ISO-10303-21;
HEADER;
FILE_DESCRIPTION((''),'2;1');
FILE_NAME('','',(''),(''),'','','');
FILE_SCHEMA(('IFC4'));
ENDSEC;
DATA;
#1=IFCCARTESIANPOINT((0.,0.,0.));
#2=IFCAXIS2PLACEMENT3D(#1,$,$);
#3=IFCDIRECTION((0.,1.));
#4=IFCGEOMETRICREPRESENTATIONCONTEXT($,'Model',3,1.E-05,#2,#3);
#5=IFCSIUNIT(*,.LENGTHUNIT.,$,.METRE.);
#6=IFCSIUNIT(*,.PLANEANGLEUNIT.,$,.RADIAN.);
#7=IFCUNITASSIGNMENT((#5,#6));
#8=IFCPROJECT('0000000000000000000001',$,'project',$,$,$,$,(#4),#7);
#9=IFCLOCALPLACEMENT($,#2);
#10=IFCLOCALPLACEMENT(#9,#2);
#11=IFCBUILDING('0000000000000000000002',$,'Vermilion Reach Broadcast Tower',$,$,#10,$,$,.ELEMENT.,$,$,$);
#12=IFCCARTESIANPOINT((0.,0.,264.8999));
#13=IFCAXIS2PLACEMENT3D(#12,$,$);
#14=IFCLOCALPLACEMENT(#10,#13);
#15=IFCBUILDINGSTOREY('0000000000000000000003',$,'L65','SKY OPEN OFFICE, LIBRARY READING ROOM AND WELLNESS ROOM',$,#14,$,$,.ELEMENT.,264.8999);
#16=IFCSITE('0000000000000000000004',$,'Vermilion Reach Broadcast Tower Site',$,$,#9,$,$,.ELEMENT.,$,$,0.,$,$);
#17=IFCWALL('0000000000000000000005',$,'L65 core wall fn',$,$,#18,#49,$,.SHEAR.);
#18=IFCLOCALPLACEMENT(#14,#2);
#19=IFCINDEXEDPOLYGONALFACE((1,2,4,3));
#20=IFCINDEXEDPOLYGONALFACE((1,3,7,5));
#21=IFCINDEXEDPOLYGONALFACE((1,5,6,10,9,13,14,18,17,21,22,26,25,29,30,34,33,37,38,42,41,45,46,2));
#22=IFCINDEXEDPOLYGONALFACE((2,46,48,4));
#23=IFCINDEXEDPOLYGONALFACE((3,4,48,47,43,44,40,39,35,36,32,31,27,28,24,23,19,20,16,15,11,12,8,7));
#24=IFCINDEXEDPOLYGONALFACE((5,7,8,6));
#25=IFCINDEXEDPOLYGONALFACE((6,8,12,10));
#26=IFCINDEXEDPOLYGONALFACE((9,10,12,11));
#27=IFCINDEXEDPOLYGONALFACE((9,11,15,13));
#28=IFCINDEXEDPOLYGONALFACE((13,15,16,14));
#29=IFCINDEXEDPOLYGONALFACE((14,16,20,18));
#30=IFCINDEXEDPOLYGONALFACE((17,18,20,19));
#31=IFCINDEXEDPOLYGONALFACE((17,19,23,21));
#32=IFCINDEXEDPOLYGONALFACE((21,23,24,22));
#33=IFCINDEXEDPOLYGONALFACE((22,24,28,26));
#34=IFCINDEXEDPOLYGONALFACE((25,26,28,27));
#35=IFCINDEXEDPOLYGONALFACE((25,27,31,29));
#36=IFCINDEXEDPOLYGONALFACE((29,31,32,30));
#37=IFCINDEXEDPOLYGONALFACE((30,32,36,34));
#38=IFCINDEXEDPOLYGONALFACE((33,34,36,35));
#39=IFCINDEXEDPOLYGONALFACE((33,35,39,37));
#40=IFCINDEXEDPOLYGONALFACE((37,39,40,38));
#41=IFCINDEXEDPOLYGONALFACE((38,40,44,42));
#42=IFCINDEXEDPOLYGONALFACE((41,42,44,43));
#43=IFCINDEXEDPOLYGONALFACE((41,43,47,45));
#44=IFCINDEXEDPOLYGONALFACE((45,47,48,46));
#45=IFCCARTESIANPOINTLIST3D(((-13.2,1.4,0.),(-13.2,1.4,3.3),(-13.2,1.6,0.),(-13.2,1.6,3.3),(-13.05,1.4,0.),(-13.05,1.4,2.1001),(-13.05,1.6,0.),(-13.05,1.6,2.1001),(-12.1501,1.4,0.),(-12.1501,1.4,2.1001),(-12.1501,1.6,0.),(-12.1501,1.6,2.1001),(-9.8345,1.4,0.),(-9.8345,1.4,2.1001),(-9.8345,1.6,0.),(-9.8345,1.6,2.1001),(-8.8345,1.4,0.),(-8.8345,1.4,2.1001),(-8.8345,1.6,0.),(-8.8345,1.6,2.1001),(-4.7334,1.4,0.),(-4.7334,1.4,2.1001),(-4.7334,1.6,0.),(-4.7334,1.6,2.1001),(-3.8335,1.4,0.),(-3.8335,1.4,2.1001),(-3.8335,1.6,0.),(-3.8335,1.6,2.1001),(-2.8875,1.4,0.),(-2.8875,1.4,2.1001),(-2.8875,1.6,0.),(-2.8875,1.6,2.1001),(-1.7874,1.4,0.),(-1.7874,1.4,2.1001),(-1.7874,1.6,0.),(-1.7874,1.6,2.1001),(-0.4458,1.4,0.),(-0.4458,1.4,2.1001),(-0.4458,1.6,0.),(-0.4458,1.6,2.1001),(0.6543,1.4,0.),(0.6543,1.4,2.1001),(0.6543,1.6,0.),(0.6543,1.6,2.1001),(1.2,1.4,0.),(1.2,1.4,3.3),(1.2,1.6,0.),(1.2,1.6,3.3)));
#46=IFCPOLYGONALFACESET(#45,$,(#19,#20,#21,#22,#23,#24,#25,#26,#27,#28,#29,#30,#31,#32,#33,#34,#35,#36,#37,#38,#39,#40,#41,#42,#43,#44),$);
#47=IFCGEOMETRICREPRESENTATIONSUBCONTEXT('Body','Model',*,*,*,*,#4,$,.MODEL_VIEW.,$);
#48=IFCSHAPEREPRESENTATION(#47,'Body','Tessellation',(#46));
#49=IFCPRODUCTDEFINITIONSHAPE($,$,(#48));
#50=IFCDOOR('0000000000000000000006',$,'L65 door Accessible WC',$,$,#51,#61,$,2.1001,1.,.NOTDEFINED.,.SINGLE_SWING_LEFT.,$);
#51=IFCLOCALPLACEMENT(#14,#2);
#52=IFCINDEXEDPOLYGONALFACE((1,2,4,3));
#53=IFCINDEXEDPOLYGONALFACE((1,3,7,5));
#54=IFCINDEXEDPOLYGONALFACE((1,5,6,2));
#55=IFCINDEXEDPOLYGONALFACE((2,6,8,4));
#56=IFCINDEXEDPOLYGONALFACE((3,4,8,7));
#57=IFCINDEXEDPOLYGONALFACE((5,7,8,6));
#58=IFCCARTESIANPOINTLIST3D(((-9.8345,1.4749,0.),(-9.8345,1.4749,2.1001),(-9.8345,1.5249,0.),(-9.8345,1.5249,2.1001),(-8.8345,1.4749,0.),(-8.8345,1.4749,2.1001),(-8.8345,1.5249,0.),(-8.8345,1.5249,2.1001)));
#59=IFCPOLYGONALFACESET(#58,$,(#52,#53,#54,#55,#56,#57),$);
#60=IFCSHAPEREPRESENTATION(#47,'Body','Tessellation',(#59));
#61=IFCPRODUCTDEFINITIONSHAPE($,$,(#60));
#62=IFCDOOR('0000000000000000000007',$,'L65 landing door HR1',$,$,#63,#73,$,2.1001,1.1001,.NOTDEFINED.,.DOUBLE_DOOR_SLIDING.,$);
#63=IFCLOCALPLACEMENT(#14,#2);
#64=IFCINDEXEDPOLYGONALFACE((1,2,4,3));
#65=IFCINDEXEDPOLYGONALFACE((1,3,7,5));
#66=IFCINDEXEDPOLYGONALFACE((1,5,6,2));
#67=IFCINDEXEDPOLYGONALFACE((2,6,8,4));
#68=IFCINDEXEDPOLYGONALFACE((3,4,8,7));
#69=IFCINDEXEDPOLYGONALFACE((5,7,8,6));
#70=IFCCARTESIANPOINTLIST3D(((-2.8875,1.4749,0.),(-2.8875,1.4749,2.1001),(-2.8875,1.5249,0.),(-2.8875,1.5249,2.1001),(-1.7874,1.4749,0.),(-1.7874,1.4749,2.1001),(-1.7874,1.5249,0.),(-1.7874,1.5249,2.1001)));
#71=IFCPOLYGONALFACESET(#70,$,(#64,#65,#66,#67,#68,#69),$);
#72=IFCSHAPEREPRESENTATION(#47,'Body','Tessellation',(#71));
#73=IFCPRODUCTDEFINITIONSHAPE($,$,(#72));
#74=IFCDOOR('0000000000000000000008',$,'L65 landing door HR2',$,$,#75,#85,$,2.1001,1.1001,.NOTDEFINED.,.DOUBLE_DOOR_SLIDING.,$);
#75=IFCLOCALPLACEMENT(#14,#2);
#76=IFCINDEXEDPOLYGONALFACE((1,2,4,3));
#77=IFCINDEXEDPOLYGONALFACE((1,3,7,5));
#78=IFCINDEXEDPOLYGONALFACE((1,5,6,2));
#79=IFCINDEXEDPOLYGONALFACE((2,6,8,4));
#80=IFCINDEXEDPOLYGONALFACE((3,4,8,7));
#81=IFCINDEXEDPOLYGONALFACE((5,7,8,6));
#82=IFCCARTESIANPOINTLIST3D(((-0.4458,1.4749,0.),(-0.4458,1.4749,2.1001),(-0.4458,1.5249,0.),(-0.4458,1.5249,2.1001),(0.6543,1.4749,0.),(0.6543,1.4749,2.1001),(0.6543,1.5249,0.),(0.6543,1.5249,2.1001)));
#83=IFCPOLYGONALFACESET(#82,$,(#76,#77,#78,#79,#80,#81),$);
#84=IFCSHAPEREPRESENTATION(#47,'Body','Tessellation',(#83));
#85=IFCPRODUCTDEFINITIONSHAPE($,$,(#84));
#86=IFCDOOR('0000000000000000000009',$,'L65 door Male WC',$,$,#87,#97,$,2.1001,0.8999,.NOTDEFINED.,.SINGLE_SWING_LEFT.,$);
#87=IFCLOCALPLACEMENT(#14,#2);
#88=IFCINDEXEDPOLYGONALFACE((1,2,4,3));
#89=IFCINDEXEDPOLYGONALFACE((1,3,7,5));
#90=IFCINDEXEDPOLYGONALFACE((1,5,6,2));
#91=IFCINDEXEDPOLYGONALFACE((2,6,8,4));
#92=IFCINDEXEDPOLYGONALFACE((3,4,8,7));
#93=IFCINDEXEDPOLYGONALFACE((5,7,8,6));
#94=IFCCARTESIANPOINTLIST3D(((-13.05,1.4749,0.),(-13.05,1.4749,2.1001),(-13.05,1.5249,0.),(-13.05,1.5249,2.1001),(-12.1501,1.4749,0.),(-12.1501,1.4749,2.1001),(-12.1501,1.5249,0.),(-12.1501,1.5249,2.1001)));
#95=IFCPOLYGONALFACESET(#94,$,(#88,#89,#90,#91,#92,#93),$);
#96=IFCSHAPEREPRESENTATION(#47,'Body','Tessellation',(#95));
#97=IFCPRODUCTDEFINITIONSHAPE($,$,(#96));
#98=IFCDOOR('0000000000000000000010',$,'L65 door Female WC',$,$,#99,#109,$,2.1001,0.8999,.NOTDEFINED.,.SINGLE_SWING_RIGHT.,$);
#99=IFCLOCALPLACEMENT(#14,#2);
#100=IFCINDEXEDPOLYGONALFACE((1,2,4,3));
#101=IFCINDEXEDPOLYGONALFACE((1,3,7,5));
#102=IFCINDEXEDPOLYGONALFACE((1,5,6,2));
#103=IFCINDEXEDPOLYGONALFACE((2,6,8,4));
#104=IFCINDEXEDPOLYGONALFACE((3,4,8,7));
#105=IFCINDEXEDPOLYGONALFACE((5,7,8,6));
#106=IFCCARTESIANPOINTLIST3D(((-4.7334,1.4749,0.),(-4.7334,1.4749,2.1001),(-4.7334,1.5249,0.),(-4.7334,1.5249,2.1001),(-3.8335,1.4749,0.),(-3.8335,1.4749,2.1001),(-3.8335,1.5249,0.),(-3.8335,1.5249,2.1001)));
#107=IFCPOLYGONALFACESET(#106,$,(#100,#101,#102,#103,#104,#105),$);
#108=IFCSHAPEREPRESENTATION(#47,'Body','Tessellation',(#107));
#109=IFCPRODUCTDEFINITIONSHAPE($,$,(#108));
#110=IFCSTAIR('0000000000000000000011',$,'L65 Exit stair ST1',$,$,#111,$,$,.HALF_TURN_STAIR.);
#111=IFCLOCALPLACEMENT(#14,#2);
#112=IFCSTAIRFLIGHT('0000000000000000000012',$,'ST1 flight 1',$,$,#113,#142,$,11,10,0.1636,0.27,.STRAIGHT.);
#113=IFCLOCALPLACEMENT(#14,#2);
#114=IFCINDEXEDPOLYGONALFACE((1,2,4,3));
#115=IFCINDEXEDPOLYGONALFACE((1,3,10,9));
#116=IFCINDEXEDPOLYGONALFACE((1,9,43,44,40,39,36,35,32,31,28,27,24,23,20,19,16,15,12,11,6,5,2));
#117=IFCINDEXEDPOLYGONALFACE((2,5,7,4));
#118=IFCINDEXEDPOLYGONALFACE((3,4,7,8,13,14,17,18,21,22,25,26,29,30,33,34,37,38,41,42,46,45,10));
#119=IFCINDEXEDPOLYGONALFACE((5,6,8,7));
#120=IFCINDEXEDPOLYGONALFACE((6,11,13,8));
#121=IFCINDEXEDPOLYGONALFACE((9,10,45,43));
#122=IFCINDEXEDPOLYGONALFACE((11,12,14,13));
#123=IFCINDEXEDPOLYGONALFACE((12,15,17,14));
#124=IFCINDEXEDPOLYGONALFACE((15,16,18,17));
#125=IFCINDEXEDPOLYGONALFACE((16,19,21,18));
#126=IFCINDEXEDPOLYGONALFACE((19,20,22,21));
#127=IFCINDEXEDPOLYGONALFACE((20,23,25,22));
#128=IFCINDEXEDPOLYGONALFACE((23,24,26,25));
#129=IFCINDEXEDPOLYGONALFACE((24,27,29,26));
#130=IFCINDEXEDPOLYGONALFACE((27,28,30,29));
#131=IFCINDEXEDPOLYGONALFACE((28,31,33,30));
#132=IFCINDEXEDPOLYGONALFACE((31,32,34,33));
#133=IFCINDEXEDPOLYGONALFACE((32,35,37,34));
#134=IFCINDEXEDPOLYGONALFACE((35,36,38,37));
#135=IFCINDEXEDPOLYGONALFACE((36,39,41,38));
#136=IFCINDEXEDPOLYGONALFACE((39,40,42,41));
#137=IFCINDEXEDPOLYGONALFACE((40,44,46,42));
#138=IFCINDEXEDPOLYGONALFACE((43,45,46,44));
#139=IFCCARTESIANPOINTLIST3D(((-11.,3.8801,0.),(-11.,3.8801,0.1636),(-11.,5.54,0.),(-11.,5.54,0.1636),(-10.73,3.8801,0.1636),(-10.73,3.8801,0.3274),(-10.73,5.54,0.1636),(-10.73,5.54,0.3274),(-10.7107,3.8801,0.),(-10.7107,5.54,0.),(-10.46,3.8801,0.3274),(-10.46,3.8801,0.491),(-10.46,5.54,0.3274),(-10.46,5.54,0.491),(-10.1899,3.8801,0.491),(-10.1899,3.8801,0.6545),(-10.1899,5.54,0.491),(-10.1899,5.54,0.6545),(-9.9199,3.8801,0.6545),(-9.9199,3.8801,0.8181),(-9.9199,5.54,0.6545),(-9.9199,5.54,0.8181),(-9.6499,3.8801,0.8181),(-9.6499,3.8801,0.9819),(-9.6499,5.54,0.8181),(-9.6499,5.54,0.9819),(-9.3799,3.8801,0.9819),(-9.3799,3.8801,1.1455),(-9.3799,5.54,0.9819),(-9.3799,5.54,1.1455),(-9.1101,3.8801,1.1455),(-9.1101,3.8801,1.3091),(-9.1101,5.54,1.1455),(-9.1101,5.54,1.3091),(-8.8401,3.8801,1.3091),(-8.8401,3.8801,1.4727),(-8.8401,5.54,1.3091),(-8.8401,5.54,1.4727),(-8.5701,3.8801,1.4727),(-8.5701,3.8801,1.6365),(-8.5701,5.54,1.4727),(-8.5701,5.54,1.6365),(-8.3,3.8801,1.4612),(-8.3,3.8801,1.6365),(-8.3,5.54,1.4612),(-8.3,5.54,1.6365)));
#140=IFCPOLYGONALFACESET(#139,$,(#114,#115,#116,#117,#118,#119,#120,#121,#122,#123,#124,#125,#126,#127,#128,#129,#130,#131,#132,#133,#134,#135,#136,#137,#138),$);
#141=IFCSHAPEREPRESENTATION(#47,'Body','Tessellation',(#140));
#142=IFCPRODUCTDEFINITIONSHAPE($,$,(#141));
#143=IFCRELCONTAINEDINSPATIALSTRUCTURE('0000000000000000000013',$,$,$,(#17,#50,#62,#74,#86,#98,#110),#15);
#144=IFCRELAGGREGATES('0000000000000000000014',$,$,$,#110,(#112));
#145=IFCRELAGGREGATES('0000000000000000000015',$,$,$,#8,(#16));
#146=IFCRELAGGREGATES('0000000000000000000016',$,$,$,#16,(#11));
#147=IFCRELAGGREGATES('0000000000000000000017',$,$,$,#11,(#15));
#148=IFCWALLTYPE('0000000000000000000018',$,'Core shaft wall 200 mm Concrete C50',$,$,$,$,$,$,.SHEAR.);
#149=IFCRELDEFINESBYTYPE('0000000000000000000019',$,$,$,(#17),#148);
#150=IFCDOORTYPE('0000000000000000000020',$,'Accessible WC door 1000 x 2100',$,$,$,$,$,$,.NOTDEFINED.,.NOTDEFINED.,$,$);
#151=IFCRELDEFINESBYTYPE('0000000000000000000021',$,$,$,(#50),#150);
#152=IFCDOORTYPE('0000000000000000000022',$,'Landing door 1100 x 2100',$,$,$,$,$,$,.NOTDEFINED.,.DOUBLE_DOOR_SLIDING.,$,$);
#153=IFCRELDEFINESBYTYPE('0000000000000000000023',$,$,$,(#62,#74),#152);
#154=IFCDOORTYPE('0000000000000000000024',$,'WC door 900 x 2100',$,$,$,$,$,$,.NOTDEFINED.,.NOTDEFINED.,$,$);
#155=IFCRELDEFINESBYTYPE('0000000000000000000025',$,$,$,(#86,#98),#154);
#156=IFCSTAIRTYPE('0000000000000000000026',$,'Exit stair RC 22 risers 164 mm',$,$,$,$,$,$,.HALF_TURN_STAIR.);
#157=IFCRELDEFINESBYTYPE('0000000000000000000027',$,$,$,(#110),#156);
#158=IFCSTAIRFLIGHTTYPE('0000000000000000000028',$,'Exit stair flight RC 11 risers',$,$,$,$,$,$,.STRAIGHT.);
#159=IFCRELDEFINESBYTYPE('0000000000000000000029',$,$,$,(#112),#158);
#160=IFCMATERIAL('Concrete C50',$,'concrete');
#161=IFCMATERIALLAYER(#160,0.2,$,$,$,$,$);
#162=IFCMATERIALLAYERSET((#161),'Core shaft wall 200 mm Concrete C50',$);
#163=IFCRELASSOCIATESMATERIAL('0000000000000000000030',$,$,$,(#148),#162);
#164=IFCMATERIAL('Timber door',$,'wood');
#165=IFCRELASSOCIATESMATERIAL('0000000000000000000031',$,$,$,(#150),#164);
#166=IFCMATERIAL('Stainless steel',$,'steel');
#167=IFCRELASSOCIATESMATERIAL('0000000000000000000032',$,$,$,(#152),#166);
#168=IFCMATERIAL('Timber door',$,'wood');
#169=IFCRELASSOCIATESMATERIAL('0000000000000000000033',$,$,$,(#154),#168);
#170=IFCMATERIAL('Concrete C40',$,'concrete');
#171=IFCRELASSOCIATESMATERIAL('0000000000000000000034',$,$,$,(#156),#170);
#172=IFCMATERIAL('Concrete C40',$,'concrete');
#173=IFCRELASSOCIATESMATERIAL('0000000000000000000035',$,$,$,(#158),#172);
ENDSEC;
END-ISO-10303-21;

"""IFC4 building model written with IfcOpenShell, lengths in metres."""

from ifc_helpers import new_model, si_unit, direction, frame, frame_2d, origin, place, context, subcontext, project, spatial, polyline, rectangle, outline, extrude, material, layer, layer_set, type_object, element, fill, aggregate, save


model = new_model("IFC4")

# Units and contexts
model_context = context("Model", 3, precision=1e-05, world=origin(), true_north=direction((0.0, 1.0)))
body_context = subcontext(model_context, "Body", "Model", "MODEL_VIEW")
ifc_project = project(units=[si_unit("LENGTHUNIT", "METRE"), si_unit("PLANEANGLEUNIT", "RADIAN")], contexts=[model_context])

# Site, building, storey
site_placement = place(None, origin())
site = spatial("IfcSite", under=ifc_project, at=site_placement, Name="Vermilion Reach Broadcast Tower Site", CompositionType="ELEMENT", RefElevation=0.0)
building_placement = place(site_placement, origin())
building = spatial("IfcBuilding", under=site, at=building_placement, Name="Vermilion Reach Broadcast Tower", CompositionType="ELEMENT")
storey_placement = place(building_placement, frame((0.0, 0.0, 264.8999)))
storey = spatial("IfcBuildingStorey", under=building, at=storey_placement, Name="L65", Description="SKY OPEN OFFICE, LIBRARY READING ROOM AND WELLNESS ROOM", CompositionType="ELEMENT", Elevation=264.8999)

# Wall, openings, doors
ifc_material_1 = material(Name="Concrete C50", Category="concrete")
ifc_layer_1 = layer(ifc_material_1, 0.2)
ifc_layer_set_1 = layer_set([ifc_layer_1], Name="Core shaft wall 200 mm Concrete C50")
wall_type_1 = type_object("IfcWallType", Name="Core shaft wall 200 mm Concrete C50", PredefinedType="SHEAR", material=ifc_layer_set_1)
wall_1_placement = place(storey_placement, frame((-13.2, 1.5, 0.0), z_axis=(0.0, 0.0, 1.0), x_axis=(1.0, 0.0, 0.0)))
wall_1 = element("IfcWall", 1, at=wall_1_placement, inside=storey, type_object=wall_type_1, Name="L65 core wall fn", PredefinedType="SHEAR", context=body_context, shape_type="SweptSolid", body=[
    extrude(rectangle(XDim=14.3999, YDim=0.2, at=frame_2d((7.2, 0.0))), origin(), (0.0, 0.0, 1.0), 3.3),
])
opening_1_placement = place(wall_1_placement, frame((10.3125, 0.0, 0.0)))
opening_1 = element("IfcOpeningElement", 2, at=opening_1_placement, cuts=wall_1, PredefinedType="OPENING", context=body_context, shape_type="SweptSolid", body=[
    extrude(rectangle(XDim=1.1001, YDim=2.1001, at=frame_2d((0.55, 1.05))), frame((0.0, 0.1099, 0.0), z_axis=(0.0, -1.0, 0.0), x_axis=(1.0, 0.0, 0.0)), (0.0, 0.0, 1.0), 0.22),
])
opening_2_placement = place(wall_1_placement, frame((12.7542, 0.0, 0.0)))
opening_2 = element("IfcOpeningElement", 3, at=opening_2_placement, cuts=wall_1, PredefinedType="OPENING", context=body_context, shape_type="SweptSolid", body=[
    extrude(rectangle(XDim=1.1001, YDim=2.1001, at=frame_2d((0.55, 1.05))), frame((0.0, 0.1099, 0.0), z_axis=(0.0, -1.0, 0.0), x_axis=(1.0, 0.0, 0.0)), (0.0, 0.0, 1.0), 0.22),
])
opening_3_placement = place(wall_1_placement, frame((0.1499, 0.0, 0.0)))
opening_3 = element("IfcOpeningElement", 4, at=opening_3_placement, cuts=wall_1, PredefinedType="OPENING", context=body_context, shape_type="SweptSolid", body=[
    extrude(rectangle(XDim=0.8999, YDim=2.1001, at=frame_2d((0.45, 1.05))), frame((0.0, 0.1099, 0.0), z_axis=(0.0, -1.0, 0.0), x_axis=(1.0, 0.0, 0.0)), (0.0, 0.0, 1.0), 0.22),
])
opening_4_placement = place(wall_1_placement, frame((3.3655, 0.0, 0.0)))
opening_4 = element("IfcOpeningElement", 5, at=opening_4_placement, cuts=wall_1, PredefinedType="OPENING", context=body_context, shape_type="SweptSolid", body=[
    extrude(rectangle(XDim=1.0, YDim=2.1001, at=frame_2d((0.5, 1.05))), frame((0.0, 0.1099, 0.0), z_axis=(0.0, -1.0, 0.0), x_axis=(1.0, 0.0, 0.0)), (0.0, 0.0, 1.0), 0.22),
])
opening_5_placement = place(wall_1_placement, frame((8.4666, 0.0, 0.0)))
opening_5 = element("IfcOpeningElement", 6, at=opening_5_placement, cuts=wall_1, PredefinedType="OPENING", context=body_context, shape_type="SweptSolid", body=[
    extrude(rectangle(XDim=0.8999, YDim=2.1001, at=frame_2d((0.45, 1.05))), frame((0.0, 0.1099, 0.0), z_axis=(0.0, -1.0, 0.0), x_axis=(1.0, 0.0, 0.0)), (0.0, 0.0, 1.0), 0.22),
])
ifc_material_2 = material(Name="Timber door", Category="wood")
door_type_1 = type_object("IfcDoorType", Name="Accessible WC door 1000 x 2100", OperationType="NOTDEFINED", PredefinedType="NOTDEFINED", material=ifc_material_2)
door_1_placement = place(opening_4_placement, origin())
door_1 = element("IfcDoor", 7, at=door_1_placement, inside=storey, type_object=door_type_1, Name="L65 door Accessible WC", OperationType="SINGLE_SWING_LEFT", OverallHeight=2.1001, OverallWidth=1.0, PredefinedType="NOTDEFINED", context=body_context, shape_type="SweptSolid", body=[
    extrude(rectangle(XDim=1.0, YDim=2.1001, at=frame_2d((0.5, 1.05))), frame((0.0, 0.0249, 0.0), z_axis=(0.0, -1.0, 0.0), x_axis=(1.0, 0.0, 0.0)), (0.0, 0.0, 1.0), 0.05),
])
fill(opening_4, door_1)
ifc_material_3 = material(Name="Stainless steel", Category="steel")
door_type_2 = type_object("IfcDoorType", Name="Landing door 1100 x 2100", OperationType="DOUBLE_DOOR_SLIDING", PredefinedType="NOTDEFINED", material=ifc_material_3)
door_2_placement = place(opening_1_placement, origin())
door_2 = element("IfcDoor", 8, at=door_2_placement, inside=storey, type_object=door_type_2, Name="L65 landing door HR1", OperationType="DOUBLE_DOOR_SLIDING", OverallHeight=2.1001, OverallWidth=1.1001, PredefinedType="NOTDEFINED", context=body_context, shape_type="SweptSolid", body=[
    extrude(rectangle(XDim=1.1001, YDim=2.1001, at=frame_2d((0.55, 1.05))), frame((0.0, 0.0249, 0.0), z_axis=(0.0, -1.0, 0.0), x_axis=(1.0, 0.0, 0.0)), (0.0, 0.0, 1.0), 0.05),
])
fill(opening_1, door_2)
door_3_placement = place(opening_2_placement, origin())
door_3 = element("IfcDoor", 9, at=door_3_placement, inside=storey, type_object=door_type_2, Name="L65 landing door HR2", OperationType="DOUBLE_DOOR_SLIDING", OverallHeight=2.1001, OverallWidth=1.1001, PredefinedType="NOTDEFINED", context=body_context, shape_type="SweptSolid", body=[
    extrude(rectangle(XDim=1.1001, YDim=2.1001, at=frame_2d((0.55, 1.05))), frame((0.0, 0.0249, 0.0), z_axis=(0.0, -1.0, 0.0), x_axis=(1.0, 0.0, 0.0)), (0.0, 0.0, 1.0), 0.05),
])
fill(opening_2, door_3)
ifc_material_4 = material(Name="Timber door", Category="wood")
door_type_3 = type_object("IfcDoorType", Name="WC door 900 x 2100", OperationType="NOTDEFINED", PredefinedType="NOTDEFINED", material=ifc_material_4)
door_4_placement = place(opening_3_placement, origin())
door_4 = element("IfcDoor", 10, at=door_4_placement, inside=storey, type_object=door_type_3, Name="L65 door Male WC", OperationType="SINGLE_SWING_LEFT", OverallHeight=2.1001, OverallWidth=0.8999, PredefinedType="NOTDEFINED", context=body_context, shape_type="SweptSolid", body=[
    extrude(rectangle(XDim=0.8999, YDim=2.1001, at=frame_2d((0.45, 1.05))), frame((0.0, 0.0249, 0.0), z_axis=(0.0, -1.0, 0.0), x_axis=(1.0, 0.0, 0.0)), (0.0, 0.0, 1.0), 0.05),
])
fill(opening_3, door_4)
door_5_placement = place(opening_5_placement, origin())
door_5 = element("IfcDoor", 11, at=door_5_placement, inside=storey, type_object=door_type_3, Name="L65 door Female WC", OperationType="SINGLE_SWING_RIGHT", OverallHeight=2.1001, OverallWidth=0.8999, PredefinedType="NOTDEFINED", context=body_context, shape_type="SweptSolid", body=[
    extrude(rectangle(XDim=0.8999, YDim=2.1001, at=frame_2d((0.45, 1.05))), frame((0.0, 0.0249, 0.0), z_axis=(0.0, -1.0, 0.0), x_axis=(1.0, 0.0, 0.0)), (0.0, 0.0, 1.0), 0.05),
])
fill(opening_5, door_5)

# Stair, stair flight
ifc_material_5 = material(Name="Concrete C40", Category="concrete")
stair_type = type_object("IfcStairType", Name="Exit stair RC 22 risers 164 mm", PredefinedType="HALF_TURN_STAIR", material=ifc_material_5)
stair_placement = place(storey_placement, origin())
stair = element("IfcStair", 12, at=stair_placement, inside=storey, type_object=stair_type, Name="L65 Exit stair ST1", PredefinedType="HALF_TURN_STAIR")
ifc_material_6 = material(Name="Concrete C40", Category="concrete")
stair_flight_type = type_object("IfcStairFlightType", Name="Exit stair flight RC 11 risers", PredefinedType="STRAIGHT", material=ifc_material_6)
stair_flight_1_placement = place(storey_placement, frame((-11.0, 4.71, 0.0), z_axis=(0.0, 0.0, 1.0), x_axis=(1.0, 0.0, 0.0)))
stair_flight_1 = element("IfcStairFlight", 13, at=stair_flight_1_placement, type_object=stair_flight_type, Name="ST1 flight 1", NumberOfRisers=11, NumberOfTreads=10, PredefinedType="STRAIGHT", RiserHeight=0.1636, TreadLength=0.27, context=body_context, shape_type="SweptSolid", body=[
    extrude(outline(polyline([(0.0, 0.0), (0.0, 0.1636), (0.27, 0.1636), (0.27, 0.3274), (0.54, 0.3274), (0.54, 0.491), (0.8101, 0.491), (0.8101, 0.6545), (1.0801, 0.6545), (1.0801, 0.8181), (1.3501, 0.8181), (1.3501, 0.9819), (1.6201, 0.9819), (1.6201, 1.1455), (1.8899, 1.1455), (1.8899, 1.3091), (2.1599, 1.3091), (2.1599, 1.4727), (2.4299, 1.4727), (2.4299, 1.6365), (2.7, 1.6365), (2.7, 1.8), (2.7, 1.4612), (0.2893, 0.0), (0.0, 0.0)])), frame((0.0, 0.8301, 0.0), z_axis=(0.0, -1.0, 0.0), x_axis=(1.0, 0.0, 0.0)), (0.0, 0.0, 1.0), 1.6599),
])
aggregate(stair, [stair_flight_1])

save(model, "model.ifc")
